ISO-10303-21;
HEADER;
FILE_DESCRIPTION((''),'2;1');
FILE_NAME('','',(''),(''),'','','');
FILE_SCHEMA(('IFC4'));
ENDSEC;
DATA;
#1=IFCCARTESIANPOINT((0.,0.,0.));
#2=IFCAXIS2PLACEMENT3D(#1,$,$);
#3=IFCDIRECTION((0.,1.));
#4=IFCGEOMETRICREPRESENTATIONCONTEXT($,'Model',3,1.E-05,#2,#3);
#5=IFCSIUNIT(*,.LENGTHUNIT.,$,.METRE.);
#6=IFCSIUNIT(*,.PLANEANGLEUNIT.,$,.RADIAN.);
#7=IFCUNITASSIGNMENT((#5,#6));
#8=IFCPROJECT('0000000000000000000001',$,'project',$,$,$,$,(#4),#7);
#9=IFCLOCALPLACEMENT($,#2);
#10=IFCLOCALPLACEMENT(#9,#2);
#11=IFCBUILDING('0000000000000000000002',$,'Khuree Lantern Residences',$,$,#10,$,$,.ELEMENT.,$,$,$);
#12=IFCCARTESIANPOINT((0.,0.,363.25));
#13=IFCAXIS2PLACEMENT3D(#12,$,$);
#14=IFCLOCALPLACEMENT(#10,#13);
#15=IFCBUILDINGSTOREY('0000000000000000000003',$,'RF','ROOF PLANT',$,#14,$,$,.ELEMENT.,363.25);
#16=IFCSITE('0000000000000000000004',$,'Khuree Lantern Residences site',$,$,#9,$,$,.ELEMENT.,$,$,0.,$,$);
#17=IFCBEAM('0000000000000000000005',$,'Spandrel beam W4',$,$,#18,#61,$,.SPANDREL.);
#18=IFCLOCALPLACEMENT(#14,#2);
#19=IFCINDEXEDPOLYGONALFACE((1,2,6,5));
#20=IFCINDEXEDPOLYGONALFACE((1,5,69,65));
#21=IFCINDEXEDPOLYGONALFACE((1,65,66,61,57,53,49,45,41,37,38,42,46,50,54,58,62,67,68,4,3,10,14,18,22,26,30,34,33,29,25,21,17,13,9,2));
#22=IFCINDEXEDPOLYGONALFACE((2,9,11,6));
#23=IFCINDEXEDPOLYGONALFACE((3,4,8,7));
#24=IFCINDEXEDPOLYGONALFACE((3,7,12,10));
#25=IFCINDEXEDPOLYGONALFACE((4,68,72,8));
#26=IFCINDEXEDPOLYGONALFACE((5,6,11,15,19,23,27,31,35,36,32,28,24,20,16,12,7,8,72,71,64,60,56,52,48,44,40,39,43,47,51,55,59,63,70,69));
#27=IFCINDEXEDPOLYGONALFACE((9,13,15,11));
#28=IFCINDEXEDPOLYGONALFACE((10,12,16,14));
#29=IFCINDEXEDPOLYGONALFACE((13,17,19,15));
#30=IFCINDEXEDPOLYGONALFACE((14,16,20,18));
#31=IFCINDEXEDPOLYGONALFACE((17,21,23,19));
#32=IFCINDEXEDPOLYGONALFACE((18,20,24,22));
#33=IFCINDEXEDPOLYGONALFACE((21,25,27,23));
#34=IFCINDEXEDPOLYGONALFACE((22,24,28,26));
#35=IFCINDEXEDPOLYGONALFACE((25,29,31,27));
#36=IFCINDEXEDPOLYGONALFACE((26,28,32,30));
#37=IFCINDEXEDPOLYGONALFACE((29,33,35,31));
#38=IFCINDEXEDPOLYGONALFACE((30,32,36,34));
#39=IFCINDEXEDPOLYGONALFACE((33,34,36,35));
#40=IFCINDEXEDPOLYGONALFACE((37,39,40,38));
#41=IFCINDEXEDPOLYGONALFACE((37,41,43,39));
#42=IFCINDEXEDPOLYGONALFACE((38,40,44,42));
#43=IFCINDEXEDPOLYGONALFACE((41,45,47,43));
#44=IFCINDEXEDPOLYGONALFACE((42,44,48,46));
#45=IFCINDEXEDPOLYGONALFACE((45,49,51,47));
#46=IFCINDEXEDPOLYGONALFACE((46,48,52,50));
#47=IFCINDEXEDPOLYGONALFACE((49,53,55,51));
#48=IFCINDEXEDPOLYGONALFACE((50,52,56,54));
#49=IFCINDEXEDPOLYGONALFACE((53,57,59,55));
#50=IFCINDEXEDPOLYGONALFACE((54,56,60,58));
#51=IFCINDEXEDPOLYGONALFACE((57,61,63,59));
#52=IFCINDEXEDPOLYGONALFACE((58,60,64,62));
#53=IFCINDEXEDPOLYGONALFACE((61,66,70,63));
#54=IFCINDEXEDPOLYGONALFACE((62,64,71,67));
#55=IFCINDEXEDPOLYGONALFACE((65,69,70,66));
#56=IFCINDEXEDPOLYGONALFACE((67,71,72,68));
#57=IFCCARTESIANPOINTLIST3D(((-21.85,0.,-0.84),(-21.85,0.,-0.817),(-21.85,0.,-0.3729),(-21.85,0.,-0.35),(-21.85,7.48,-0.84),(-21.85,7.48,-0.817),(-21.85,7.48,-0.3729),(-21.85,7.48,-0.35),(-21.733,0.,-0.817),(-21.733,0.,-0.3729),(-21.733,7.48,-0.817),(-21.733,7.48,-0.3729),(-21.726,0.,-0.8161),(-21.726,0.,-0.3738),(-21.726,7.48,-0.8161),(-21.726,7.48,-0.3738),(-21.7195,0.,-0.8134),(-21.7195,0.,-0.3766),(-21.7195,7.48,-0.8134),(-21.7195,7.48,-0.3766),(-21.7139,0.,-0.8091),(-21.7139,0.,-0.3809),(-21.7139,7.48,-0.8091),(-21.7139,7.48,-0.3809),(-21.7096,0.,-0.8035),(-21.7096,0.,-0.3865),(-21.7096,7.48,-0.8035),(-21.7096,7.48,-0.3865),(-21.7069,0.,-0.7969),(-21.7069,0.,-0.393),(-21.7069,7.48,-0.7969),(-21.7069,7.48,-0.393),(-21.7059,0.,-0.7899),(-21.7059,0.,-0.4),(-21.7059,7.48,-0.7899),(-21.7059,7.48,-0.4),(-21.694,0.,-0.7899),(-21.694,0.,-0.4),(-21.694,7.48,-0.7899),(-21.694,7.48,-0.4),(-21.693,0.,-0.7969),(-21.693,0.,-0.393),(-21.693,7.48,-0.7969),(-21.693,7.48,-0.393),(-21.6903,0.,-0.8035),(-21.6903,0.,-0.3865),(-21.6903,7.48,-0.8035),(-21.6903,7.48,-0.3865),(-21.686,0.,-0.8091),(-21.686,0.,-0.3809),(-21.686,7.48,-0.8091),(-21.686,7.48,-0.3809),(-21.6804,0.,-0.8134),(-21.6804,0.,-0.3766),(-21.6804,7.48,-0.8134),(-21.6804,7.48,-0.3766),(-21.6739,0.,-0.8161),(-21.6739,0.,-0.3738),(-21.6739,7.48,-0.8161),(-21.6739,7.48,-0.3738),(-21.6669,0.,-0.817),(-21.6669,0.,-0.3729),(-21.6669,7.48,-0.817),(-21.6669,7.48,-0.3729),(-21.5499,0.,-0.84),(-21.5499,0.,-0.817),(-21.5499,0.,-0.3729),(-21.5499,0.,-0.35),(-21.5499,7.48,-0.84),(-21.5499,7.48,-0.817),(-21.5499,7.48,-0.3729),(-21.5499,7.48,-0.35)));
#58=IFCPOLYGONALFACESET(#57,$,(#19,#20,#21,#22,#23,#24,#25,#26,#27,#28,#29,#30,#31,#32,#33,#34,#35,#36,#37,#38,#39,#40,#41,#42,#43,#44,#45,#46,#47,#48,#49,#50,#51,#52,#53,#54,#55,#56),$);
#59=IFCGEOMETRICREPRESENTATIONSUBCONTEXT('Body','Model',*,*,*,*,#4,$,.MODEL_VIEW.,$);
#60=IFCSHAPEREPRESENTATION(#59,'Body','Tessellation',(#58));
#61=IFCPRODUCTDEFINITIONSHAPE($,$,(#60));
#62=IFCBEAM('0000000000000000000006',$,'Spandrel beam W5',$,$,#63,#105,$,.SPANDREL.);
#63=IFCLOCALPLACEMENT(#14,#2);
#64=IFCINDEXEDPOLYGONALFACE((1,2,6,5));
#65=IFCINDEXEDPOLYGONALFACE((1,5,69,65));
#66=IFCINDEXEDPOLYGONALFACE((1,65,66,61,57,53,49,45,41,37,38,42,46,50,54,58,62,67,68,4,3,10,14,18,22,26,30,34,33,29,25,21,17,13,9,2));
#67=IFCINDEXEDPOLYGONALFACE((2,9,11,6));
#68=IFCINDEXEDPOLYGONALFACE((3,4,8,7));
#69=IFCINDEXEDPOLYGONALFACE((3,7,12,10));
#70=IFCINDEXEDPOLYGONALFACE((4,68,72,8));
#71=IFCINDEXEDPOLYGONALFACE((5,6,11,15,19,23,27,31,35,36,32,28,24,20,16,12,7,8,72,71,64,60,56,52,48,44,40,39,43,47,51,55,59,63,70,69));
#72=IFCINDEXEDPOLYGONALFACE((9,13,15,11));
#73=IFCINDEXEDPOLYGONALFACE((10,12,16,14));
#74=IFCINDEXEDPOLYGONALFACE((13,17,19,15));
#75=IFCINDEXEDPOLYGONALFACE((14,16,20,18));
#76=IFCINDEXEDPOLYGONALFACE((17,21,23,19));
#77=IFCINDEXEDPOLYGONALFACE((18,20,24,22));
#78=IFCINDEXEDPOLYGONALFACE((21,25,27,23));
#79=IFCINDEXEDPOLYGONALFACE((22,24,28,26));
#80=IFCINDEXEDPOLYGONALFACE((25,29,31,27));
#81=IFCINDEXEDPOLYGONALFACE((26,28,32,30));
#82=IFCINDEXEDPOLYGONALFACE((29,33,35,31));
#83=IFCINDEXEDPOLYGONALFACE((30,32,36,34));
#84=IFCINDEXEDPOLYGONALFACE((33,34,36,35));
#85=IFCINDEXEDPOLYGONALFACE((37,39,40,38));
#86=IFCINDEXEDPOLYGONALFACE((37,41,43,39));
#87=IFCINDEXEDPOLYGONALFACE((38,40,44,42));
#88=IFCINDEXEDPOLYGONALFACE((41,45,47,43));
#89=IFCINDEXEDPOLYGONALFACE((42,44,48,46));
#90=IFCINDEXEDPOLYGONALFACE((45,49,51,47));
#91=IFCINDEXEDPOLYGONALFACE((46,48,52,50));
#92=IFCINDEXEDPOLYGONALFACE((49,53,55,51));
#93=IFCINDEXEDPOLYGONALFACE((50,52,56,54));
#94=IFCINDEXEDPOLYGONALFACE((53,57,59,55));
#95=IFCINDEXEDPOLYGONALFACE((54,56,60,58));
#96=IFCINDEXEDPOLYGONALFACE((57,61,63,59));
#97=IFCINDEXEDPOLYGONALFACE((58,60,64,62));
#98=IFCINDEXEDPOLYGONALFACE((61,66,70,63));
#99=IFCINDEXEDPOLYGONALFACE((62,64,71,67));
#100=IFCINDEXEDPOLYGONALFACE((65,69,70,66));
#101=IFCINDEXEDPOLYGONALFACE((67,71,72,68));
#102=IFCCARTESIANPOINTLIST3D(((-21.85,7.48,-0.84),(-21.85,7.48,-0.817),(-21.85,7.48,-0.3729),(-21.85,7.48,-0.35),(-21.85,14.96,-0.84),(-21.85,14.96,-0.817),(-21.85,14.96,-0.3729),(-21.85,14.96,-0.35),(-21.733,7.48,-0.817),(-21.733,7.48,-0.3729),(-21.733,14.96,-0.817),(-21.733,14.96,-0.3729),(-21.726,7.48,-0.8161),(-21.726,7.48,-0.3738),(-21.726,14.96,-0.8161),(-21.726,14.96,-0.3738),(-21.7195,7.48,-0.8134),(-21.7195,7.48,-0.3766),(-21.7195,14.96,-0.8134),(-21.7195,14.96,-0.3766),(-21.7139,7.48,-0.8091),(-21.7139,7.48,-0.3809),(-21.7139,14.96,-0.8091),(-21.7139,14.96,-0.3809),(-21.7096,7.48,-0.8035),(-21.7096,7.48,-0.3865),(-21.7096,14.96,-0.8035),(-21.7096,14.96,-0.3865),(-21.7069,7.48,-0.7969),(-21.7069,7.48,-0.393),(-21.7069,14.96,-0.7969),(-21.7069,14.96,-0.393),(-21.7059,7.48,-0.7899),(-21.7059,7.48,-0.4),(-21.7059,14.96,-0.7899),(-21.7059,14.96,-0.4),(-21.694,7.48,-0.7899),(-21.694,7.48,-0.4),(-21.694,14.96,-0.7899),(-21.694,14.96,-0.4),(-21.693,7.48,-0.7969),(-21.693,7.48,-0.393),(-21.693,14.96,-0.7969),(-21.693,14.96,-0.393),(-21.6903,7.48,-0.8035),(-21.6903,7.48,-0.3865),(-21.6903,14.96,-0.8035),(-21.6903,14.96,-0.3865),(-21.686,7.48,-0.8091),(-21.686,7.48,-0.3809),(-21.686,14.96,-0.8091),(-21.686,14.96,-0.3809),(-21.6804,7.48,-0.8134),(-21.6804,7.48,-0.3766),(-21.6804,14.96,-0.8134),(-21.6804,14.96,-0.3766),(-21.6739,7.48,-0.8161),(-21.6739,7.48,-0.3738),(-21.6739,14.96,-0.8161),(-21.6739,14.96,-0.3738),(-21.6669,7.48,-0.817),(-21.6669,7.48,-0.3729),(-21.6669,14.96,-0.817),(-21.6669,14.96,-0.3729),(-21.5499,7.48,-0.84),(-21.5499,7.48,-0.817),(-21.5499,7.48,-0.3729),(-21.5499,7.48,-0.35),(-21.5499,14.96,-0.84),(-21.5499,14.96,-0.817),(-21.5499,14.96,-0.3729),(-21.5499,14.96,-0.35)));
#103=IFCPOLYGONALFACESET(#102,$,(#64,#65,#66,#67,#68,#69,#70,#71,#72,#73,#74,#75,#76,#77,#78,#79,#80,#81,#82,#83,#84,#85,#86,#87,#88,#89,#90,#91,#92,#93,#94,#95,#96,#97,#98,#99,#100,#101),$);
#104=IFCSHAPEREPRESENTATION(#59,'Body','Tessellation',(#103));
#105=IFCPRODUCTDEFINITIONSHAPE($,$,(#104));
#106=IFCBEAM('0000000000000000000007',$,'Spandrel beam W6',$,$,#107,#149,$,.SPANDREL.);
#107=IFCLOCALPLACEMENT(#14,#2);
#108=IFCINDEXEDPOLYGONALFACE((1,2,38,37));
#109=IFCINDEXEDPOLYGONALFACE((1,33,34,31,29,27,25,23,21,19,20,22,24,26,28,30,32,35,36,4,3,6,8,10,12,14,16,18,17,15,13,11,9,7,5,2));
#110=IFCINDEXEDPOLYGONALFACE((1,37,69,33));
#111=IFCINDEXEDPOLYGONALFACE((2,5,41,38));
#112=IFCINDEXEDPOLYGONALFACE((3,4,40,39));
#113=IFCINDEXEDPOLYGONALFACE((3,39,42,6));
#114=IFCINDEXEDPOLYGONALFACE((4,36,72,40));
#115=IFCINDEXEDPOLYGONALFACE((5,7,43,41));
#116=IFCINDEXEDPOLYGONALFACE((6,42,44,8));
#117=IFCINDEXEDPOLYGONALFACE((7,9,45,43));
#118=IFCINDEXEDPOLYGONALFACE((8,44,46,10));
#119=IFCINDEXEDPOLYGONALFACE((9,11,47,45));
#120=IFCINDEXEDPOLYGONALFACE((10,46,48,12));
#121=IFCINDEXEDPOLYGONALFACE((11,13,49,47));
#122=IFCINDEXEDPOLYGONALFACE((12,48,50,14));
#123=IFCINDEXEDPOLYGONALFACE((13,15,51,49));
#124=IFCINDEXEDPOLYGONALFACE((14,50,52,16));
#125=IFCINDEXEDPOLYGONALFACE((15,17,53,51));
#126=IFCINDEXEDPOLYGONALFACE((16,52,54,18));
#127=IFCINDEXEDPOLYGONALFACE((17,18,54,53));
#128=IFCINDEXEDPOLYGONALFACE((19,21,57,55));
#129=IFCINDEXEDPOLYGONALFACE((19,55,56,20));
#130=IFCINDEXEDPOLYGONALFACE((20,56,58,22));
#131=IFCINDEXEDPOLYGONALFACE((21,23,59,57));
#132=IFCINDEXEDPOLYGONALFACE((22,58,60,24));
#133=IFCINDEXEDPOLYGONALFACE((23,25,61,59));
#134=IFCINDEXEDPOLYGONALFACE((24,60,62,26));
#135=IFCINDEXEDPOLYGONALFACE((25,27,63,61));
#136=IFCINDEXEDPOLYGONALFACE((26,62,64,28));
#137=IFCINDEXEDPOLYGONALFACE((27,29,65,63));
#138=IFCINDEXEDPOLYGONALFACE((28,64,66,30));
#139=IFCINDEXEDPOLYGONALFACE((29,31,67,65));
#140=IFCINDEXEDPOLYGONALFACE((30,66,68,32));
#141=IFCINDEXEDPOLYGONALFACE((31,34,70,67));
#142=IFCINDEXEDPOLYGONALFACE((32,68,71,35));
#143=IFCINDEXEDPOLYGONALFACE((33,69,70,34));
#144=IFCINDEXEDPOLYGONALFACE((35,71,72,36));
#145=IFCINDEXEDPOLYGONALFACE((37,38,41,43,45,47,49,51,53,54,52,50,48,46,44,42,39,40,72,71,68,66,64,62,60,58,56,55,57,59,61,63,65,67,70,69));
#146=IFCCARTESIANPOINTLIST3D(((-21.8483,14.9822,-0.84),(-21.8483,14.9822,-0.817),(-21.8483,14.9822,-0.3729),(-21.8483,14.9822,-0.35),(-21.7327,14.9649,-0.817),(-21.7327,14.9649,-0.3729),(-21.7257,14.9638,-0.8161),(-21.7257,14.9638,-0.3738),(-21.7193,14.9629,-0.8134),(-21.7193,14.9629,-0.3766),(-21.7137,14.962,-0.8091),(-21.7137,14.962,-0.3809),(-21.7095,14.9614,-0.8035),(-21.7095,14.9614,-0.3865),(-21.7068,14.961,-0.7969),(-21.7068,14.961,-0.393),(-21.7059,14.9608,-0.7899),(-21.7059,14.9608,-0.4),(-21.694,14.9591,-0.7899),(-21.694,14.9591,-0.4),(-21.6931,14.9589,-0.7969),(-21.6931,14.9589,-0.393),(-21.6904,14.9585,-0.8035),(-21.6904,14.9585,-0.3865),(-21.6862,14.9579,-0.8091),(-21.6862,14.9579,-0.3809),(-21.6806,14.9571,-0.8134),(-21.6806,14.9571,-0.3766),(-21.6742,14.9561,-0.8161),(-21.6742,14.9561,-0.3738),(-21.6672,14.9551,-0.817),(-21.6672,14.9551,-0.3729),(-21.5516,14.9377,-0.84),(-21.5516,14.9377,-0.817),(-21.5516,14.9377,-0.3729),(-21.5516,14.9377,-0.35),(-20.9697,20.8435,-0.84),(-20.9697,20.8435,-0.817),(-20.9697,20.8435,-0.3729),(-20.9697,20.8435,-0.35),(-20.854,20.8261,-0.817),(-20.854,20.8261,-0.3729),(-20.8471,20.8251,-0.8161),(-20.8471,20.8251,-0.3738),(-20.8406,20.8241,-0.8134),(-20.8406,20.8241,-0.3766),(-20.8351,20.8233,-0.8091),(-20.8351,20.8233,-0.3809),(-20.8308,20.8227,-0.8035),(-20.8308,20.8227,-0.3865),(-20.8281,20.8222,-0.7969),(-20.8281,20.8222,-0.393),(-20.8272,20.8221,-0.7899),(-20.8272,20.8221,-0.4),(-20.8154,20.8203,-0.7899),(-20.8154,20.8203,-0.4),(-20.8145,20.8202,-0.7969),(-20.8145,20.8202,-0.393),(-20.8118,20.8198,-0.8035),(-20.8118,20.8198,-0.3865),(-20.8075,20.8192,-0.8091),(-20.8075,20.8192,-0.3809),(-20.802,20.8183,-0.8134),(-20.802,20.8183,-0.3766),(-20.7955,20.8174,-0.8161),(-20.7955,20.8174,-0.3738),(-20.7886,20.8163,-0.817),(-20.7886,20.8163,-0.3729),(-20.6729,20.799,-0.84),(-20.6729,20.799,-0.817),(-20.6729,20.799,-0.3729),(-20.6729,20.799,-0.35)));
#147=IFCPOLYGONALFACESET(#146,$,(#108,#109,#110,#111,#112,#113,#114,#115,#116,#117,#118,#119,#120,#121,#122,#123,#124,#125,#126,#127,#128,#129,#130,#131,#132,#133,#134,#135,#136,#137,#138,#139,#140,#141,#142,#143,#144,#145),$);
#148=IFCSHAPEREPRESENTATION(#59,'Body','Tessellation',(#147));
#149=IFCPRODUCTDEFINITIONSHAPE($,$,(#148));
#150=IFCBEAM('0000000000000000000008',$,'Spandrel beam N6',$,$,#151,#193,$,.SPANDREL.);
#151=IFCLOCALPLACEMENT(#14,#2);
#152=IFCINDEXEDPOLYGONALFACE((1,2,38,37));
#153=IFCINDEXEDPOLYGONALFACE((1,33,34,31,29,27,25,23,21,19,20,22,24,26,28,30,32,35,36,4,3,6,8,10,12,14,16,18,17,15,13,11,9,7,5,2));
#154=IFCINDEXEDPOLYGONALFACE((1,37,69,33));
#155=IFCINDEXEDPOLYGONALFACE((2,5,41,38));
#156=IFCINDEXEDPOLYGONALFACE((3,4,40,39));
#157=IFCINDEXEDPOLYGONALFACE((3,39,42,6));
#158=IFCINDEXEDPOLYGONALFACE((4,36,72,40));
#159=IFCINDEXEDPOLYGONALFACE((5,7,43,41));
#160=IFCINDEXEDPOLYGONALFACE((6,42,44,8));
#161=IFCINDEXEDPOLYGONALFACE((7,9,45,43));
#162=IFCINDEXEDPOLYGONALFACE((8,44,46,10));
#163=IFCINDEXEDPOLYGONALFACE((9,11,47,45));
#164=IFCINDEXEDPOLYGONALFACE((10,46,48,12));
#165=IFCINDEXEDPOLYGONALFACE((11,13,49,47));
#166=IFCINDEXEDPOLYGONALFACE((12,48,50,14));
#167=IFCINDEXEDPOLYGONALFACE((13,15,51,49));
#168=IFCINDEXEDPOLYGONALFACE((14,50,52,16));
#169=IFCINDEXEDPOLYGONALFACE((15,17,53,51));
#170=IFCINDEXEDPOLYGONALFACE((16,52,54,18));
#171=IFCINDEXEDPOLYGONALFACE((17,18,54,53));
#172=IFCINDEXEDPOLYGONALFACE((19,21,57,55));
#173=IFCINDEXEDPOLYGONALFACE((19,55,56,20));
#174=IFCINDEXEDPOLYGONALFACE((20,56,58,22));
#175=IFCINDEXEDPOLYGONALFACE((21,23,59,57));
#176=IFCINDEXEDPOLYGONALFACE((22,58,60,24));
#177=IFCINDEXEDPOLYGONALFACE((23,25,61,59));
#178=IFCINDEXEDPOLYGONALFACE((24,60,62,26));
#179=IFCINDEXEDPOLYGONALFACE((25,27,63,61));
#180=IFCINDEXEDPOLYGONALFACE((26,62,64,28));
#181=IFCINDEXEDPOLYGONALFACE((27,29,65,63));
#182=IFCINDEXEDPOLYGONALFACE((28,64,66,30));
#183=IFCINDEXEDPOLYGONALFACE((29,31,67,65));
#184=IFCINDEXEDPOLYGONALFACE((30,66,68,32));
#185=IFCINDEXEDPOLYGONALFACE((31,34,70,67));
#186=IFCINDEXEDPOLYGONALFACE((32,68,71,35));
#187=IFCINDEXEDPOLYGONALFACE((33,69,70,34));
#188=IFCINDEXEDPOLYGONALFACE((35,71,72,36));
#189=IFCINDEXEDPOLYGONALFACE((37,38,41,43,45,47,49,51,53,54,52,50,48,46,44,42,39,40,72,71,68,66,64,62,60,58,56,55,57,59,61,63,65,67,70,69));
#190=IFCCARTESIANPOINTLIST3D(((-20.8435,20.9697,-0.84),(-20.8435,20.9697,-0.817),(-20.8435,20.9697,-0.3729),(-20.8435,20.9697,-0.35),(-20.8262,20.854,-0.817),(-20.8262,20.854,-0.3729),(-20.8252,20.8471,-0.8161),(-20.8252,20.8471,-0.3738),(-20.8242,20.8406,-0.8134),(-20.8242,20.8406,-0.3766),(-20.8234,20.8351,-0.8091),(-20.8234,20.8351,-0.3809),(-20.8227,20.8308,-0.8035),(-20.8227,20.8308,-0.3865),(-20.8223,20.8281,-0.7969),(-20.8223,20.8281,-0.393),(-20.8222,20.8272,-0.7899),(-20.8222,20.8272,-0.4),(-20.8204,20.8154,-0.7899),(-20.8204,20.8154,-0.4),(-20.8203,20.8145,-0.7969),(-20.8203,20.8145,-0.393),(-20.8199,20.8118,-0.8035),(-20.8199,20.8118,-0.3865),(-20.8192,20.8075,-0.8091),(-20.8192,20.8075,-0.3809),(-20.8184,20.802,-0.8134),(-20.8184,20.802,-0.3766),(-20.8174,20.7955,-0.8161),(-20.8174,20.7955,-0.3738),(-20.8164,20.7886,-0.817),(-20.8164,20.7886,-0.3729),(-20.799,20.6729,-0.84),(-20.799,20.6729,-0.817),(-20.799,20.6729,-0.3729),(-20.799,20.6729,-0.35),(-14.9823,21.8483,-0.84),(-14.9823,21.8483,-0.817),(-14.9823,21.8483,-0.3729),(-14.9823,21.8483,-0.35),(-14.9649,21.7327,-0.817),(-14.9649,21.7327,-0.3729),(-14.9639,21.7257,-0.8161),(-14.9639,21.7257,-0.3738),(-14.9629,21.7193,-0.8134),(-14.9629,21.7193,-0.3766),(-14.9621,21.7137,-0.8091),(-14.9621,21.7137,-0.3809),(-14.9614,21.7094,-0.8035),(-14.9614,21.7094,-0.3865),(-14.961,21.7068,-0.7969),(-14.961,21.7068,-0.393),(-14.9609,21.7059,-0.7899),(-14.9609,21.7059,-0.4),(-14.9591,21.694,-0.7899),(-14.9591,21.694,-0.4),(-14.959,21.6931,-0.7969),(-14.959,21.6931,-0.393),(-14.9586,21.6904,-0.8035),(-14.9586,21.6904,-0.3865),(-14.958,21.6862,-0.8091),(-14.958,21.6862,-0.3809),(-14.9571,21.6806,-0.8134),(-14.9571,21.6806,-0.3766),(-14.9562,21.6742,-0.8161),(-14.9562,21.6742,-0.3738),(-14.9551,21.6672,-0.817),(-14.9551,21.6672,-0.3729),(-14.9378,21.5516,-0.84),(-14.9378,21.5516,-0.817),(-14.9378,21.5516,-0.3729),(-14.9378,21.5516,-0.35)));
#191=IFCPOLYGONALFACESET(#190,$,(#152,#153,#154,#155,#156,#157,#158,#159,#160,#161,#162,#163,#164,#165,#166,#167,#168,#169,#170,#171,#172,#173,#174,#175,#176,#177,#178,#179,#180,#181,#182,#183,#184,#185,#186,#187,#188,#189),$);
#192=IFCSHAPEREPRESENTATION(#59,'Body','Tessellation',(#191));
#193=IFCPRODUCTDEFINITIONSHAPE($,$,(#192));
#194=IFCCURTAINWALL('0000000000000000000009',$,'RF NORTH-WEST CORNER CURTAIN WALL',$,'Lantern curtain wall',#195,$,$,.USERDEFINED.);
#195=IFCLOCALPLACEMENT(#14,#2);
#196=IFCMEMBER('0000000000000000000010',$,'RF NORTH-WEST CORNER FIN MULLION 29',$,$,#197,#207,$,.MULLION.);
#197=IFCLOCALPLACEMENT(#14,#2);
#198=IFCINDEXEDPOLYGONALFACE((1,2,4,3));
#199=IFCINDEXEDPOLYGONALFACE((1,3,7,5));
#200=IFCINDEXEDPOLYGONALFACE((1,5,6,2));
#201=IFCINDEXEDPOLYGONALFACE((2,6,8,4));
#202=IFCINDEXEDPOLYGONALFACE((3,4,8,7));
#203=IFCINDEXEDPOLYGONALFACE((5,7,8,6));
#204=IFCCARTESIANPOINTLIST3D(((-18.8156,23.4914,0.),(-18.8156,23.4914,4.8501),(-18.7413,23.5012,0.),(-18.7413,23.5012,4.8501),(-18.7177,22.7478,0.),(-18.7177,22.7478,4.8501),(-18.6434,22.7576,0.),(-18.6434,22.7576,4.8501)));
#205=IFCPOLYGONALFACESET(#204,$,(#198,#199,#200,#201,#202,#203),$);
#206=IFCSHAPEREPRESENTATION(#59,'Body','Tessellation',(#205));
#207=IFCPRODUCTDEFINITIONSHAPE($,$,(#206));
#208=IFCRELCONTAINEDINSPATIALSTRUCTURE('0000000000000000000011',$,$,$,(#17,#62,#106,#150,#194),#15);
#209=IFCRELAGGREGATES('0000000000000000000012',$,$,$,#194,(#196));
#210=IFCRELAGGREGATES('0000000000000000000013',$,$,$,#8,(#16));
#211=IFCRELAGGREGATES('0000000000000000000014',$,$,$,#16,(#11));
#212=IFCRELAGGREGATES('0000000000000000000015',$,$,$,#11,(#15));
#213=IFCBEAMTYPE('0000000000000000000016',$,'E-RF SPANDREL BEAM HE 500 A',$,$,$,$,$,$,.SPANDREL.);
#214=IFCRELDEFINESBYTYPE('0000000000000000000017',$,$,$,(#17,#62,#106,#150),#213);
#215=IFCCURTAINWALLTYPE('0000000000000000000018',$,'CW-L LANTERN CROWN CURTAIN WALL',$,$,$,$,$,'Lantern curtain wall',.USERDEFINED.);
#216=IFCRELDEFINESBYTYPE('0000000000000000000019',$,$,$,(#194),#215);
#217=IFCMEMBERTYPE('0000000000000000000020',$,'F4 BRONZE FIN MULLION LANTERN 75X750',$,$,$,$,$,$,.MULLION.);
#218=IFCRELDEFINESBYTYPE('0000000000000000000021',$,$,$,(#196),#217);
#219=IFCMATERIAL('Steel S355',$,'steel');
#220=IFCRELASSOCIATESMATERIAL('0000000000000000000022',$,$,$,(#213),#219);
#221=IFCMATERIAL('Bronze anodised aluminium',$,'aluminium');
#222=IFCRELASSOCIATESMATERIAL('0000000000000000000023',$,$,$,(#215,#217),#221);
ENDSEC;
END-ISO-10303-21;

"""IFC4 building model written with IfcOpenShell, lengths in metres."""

from ifc_helpers import new_model, si_unit, direction, frame, origin, origin_2d, place, context, subcontext, project, spatial, rectangle, i_section, extrude, material, material_profile, profile_set, type_object, element, aggregate, save


model = new_model("IFC4")

# Units and contexts
model_context = context("Model", 3, precision=1e-05, world=origin(), true_north=direction((0.0, 1.0)))
body_context = subcontext(model_context, "Body", "Model", "MODEL_VIEW")
ifc_project = project(units=[si_unit("LENGTHUNIT", "METRE"), si_unit("PLANEANGLEUNIT", "RADIAN")], contexts=[model_context])

# Site, building, storey
site_placement = place(None, origin())
site = spatial("IfcSite", under=ifc_project, at=site_placement, Name="Khuree Lantern Residences site", CompositionType="ELEMENT", RefElevation=0.0)
building_placement = place(site_placement, origin())
building = spatial("IfcBuilding", under=site, at=building_placement, Name="Khuree Lantern Residences", CompositionType="ELEMENT")
storey_placement = place(building_placement, frame((0.0, 0.0, 363.25)))
storey = spatial("IfcBuildingStorey", under=building, at=storey_placement, Name="RF", Description="ROOF PLANT", CompositionType="ELEMENT", Elevation=363.25)

# Shared definitions
ifc_material_1 = material(Name="Steel S355", Category="steel")

# Beams
ifc_material_profile_1 = material_profile(ifc_material_1, i_section(OverallWidth=0.3, OverallDepth=0.49, WebThickness=0.012, FlangeThickness=0.0229, FilletRadius=0.0271, at=origin_2d()), Name="HE 500 A")
ifc_profile_set_1 = profile_set([ifc_material_profile_1], Name="Steel S355")
beam_type_1 = type_object("IfcBeamType", Name="E-RF SPANDREL BEAM HE 500 A", PredefinedType="SPANDREL", material=ifc_profile_set_1)
for number, where, z_axis, x_axis, name in (
    (1, (-21.7, 0.0, -0.595), (0.0, 1.0, 0.0), (-1.0, 0.0, 0.0), "Spandrel beam W4"),
    (2, (-21.7, 7.48, -0.595), (0.0, 1.0, 0.0), (-1.0, 0.0, 0.0), "Spandrel beam W5"),
):
    element("IfcBeam", number, at=place(storey_placement, frame(where, z_axis=z_axis, x_axis=x_axis)), inside=storey, type_object=beam_type_1, Name=name, PredefinedType="SPANDREL", context=body_context, shape_type="SweptSolid", body=[
        extrude(i_section(OverallWidth=0.3, OverallDepth=0.49, WebThickness=0.012, FlangeThickness=0.0229, FilletRadius=0.0271, at=origin_2d()), origin(), (0.0, 0.0, 1.0), 7.48),
    ])
for number, where, z_axis, x_axis, name in (
    (3, (-21.7, 14.96, -0.595), (0.148252, 0.98895, 0.0), (-0.98895, 0.148252, 0.0), "Spandrel beam W6"),
    (4, (-20.8213, 20.8213, -0.595), (0.98895, 0.148252, 0.0), (-0.148252, 0.98895, 0.0), "Spandrel beam N6"),
):
    element("IfcBeam", number, at=place(storey_placement, frame(where, z_axis=z_axis, x_axis=x_axis)), inside=storey, type_object=beam_type_1, Name=name, PredefinedType="SPANDREL", context=body_context, shape_type="SweptSolid", body=[
        extrude(i_section(OverallWidth=0.3, OverallDepth=0.49, WebThickness=0.012, FlangeThickness=0.0229, FilletRadius=0.0271, at=origin_2d()), origin(), (0.0, 0.0, 1.0), 5.9268),
    ])

# Curtain wall, member
ifc_material_2 = material(Name="Bronze anodised aluminium", Category="aluminium")
curtain_wall_type = type_object("IfcCurtainWallType", Name="CW-L LANTERN CROWN CURTAIN WALL", ElementType="Lantern curtain wall", PredefinedType="USERDEFINED", material=ifc_material_2)
curtain_wall_1_placement = place(storey_placement, origin())
curtain_wall_1 = element("IfcCurtainWall", 5, at=curtain_wall_1_placement, inside=storey, type_object=curtain_wall_type, Name="RF NORTH-WEST CORNER CURTAIN WALL", ObjectType="Lantern curtain wall", PredefinedType="USERDEFINED")
ifc_material_profile_2 = material_profile(ifc_material_2, rectangle(XDim=0.075, YDim=0.75, at=origin_2d()), Name="F4 75X750")
ifc_profile_set_2 = profile_set([ifc_material_profile_2], Name="Bronze anodised aluminium")
member_type_1 = type_object("IfcMemberType", Name="F4 BRONZE FIN MULLION LANTERN 75X750", PredefinedType="MULLION", material=ifc_profile_set_2)
member_1_placement = place(storey_placement, frame((-18.7295, 23.1245, 0.0), z_axis=(0.0, 0.0, 1.0), x_axis=(-0.991445, -0.130526, 0.0)))
member_1 = element("IfcMember", 6, at=member_1_placement, type_object=member_type_1, Name="RF NORTH-WEST CORNER FIN MULLION 29", PredefinedType="MULLION", context=body_context, shape_type="SweptSolid", body=[
    extrude(rectangle(XDim=0.075, YDim=0.75, at=origin_2d()), origin(), (0.0, 0.0, 1.0), 4.8501),
])

aggregate(curtain_wall_1, [member_1])

save(model, "model.ifc")
